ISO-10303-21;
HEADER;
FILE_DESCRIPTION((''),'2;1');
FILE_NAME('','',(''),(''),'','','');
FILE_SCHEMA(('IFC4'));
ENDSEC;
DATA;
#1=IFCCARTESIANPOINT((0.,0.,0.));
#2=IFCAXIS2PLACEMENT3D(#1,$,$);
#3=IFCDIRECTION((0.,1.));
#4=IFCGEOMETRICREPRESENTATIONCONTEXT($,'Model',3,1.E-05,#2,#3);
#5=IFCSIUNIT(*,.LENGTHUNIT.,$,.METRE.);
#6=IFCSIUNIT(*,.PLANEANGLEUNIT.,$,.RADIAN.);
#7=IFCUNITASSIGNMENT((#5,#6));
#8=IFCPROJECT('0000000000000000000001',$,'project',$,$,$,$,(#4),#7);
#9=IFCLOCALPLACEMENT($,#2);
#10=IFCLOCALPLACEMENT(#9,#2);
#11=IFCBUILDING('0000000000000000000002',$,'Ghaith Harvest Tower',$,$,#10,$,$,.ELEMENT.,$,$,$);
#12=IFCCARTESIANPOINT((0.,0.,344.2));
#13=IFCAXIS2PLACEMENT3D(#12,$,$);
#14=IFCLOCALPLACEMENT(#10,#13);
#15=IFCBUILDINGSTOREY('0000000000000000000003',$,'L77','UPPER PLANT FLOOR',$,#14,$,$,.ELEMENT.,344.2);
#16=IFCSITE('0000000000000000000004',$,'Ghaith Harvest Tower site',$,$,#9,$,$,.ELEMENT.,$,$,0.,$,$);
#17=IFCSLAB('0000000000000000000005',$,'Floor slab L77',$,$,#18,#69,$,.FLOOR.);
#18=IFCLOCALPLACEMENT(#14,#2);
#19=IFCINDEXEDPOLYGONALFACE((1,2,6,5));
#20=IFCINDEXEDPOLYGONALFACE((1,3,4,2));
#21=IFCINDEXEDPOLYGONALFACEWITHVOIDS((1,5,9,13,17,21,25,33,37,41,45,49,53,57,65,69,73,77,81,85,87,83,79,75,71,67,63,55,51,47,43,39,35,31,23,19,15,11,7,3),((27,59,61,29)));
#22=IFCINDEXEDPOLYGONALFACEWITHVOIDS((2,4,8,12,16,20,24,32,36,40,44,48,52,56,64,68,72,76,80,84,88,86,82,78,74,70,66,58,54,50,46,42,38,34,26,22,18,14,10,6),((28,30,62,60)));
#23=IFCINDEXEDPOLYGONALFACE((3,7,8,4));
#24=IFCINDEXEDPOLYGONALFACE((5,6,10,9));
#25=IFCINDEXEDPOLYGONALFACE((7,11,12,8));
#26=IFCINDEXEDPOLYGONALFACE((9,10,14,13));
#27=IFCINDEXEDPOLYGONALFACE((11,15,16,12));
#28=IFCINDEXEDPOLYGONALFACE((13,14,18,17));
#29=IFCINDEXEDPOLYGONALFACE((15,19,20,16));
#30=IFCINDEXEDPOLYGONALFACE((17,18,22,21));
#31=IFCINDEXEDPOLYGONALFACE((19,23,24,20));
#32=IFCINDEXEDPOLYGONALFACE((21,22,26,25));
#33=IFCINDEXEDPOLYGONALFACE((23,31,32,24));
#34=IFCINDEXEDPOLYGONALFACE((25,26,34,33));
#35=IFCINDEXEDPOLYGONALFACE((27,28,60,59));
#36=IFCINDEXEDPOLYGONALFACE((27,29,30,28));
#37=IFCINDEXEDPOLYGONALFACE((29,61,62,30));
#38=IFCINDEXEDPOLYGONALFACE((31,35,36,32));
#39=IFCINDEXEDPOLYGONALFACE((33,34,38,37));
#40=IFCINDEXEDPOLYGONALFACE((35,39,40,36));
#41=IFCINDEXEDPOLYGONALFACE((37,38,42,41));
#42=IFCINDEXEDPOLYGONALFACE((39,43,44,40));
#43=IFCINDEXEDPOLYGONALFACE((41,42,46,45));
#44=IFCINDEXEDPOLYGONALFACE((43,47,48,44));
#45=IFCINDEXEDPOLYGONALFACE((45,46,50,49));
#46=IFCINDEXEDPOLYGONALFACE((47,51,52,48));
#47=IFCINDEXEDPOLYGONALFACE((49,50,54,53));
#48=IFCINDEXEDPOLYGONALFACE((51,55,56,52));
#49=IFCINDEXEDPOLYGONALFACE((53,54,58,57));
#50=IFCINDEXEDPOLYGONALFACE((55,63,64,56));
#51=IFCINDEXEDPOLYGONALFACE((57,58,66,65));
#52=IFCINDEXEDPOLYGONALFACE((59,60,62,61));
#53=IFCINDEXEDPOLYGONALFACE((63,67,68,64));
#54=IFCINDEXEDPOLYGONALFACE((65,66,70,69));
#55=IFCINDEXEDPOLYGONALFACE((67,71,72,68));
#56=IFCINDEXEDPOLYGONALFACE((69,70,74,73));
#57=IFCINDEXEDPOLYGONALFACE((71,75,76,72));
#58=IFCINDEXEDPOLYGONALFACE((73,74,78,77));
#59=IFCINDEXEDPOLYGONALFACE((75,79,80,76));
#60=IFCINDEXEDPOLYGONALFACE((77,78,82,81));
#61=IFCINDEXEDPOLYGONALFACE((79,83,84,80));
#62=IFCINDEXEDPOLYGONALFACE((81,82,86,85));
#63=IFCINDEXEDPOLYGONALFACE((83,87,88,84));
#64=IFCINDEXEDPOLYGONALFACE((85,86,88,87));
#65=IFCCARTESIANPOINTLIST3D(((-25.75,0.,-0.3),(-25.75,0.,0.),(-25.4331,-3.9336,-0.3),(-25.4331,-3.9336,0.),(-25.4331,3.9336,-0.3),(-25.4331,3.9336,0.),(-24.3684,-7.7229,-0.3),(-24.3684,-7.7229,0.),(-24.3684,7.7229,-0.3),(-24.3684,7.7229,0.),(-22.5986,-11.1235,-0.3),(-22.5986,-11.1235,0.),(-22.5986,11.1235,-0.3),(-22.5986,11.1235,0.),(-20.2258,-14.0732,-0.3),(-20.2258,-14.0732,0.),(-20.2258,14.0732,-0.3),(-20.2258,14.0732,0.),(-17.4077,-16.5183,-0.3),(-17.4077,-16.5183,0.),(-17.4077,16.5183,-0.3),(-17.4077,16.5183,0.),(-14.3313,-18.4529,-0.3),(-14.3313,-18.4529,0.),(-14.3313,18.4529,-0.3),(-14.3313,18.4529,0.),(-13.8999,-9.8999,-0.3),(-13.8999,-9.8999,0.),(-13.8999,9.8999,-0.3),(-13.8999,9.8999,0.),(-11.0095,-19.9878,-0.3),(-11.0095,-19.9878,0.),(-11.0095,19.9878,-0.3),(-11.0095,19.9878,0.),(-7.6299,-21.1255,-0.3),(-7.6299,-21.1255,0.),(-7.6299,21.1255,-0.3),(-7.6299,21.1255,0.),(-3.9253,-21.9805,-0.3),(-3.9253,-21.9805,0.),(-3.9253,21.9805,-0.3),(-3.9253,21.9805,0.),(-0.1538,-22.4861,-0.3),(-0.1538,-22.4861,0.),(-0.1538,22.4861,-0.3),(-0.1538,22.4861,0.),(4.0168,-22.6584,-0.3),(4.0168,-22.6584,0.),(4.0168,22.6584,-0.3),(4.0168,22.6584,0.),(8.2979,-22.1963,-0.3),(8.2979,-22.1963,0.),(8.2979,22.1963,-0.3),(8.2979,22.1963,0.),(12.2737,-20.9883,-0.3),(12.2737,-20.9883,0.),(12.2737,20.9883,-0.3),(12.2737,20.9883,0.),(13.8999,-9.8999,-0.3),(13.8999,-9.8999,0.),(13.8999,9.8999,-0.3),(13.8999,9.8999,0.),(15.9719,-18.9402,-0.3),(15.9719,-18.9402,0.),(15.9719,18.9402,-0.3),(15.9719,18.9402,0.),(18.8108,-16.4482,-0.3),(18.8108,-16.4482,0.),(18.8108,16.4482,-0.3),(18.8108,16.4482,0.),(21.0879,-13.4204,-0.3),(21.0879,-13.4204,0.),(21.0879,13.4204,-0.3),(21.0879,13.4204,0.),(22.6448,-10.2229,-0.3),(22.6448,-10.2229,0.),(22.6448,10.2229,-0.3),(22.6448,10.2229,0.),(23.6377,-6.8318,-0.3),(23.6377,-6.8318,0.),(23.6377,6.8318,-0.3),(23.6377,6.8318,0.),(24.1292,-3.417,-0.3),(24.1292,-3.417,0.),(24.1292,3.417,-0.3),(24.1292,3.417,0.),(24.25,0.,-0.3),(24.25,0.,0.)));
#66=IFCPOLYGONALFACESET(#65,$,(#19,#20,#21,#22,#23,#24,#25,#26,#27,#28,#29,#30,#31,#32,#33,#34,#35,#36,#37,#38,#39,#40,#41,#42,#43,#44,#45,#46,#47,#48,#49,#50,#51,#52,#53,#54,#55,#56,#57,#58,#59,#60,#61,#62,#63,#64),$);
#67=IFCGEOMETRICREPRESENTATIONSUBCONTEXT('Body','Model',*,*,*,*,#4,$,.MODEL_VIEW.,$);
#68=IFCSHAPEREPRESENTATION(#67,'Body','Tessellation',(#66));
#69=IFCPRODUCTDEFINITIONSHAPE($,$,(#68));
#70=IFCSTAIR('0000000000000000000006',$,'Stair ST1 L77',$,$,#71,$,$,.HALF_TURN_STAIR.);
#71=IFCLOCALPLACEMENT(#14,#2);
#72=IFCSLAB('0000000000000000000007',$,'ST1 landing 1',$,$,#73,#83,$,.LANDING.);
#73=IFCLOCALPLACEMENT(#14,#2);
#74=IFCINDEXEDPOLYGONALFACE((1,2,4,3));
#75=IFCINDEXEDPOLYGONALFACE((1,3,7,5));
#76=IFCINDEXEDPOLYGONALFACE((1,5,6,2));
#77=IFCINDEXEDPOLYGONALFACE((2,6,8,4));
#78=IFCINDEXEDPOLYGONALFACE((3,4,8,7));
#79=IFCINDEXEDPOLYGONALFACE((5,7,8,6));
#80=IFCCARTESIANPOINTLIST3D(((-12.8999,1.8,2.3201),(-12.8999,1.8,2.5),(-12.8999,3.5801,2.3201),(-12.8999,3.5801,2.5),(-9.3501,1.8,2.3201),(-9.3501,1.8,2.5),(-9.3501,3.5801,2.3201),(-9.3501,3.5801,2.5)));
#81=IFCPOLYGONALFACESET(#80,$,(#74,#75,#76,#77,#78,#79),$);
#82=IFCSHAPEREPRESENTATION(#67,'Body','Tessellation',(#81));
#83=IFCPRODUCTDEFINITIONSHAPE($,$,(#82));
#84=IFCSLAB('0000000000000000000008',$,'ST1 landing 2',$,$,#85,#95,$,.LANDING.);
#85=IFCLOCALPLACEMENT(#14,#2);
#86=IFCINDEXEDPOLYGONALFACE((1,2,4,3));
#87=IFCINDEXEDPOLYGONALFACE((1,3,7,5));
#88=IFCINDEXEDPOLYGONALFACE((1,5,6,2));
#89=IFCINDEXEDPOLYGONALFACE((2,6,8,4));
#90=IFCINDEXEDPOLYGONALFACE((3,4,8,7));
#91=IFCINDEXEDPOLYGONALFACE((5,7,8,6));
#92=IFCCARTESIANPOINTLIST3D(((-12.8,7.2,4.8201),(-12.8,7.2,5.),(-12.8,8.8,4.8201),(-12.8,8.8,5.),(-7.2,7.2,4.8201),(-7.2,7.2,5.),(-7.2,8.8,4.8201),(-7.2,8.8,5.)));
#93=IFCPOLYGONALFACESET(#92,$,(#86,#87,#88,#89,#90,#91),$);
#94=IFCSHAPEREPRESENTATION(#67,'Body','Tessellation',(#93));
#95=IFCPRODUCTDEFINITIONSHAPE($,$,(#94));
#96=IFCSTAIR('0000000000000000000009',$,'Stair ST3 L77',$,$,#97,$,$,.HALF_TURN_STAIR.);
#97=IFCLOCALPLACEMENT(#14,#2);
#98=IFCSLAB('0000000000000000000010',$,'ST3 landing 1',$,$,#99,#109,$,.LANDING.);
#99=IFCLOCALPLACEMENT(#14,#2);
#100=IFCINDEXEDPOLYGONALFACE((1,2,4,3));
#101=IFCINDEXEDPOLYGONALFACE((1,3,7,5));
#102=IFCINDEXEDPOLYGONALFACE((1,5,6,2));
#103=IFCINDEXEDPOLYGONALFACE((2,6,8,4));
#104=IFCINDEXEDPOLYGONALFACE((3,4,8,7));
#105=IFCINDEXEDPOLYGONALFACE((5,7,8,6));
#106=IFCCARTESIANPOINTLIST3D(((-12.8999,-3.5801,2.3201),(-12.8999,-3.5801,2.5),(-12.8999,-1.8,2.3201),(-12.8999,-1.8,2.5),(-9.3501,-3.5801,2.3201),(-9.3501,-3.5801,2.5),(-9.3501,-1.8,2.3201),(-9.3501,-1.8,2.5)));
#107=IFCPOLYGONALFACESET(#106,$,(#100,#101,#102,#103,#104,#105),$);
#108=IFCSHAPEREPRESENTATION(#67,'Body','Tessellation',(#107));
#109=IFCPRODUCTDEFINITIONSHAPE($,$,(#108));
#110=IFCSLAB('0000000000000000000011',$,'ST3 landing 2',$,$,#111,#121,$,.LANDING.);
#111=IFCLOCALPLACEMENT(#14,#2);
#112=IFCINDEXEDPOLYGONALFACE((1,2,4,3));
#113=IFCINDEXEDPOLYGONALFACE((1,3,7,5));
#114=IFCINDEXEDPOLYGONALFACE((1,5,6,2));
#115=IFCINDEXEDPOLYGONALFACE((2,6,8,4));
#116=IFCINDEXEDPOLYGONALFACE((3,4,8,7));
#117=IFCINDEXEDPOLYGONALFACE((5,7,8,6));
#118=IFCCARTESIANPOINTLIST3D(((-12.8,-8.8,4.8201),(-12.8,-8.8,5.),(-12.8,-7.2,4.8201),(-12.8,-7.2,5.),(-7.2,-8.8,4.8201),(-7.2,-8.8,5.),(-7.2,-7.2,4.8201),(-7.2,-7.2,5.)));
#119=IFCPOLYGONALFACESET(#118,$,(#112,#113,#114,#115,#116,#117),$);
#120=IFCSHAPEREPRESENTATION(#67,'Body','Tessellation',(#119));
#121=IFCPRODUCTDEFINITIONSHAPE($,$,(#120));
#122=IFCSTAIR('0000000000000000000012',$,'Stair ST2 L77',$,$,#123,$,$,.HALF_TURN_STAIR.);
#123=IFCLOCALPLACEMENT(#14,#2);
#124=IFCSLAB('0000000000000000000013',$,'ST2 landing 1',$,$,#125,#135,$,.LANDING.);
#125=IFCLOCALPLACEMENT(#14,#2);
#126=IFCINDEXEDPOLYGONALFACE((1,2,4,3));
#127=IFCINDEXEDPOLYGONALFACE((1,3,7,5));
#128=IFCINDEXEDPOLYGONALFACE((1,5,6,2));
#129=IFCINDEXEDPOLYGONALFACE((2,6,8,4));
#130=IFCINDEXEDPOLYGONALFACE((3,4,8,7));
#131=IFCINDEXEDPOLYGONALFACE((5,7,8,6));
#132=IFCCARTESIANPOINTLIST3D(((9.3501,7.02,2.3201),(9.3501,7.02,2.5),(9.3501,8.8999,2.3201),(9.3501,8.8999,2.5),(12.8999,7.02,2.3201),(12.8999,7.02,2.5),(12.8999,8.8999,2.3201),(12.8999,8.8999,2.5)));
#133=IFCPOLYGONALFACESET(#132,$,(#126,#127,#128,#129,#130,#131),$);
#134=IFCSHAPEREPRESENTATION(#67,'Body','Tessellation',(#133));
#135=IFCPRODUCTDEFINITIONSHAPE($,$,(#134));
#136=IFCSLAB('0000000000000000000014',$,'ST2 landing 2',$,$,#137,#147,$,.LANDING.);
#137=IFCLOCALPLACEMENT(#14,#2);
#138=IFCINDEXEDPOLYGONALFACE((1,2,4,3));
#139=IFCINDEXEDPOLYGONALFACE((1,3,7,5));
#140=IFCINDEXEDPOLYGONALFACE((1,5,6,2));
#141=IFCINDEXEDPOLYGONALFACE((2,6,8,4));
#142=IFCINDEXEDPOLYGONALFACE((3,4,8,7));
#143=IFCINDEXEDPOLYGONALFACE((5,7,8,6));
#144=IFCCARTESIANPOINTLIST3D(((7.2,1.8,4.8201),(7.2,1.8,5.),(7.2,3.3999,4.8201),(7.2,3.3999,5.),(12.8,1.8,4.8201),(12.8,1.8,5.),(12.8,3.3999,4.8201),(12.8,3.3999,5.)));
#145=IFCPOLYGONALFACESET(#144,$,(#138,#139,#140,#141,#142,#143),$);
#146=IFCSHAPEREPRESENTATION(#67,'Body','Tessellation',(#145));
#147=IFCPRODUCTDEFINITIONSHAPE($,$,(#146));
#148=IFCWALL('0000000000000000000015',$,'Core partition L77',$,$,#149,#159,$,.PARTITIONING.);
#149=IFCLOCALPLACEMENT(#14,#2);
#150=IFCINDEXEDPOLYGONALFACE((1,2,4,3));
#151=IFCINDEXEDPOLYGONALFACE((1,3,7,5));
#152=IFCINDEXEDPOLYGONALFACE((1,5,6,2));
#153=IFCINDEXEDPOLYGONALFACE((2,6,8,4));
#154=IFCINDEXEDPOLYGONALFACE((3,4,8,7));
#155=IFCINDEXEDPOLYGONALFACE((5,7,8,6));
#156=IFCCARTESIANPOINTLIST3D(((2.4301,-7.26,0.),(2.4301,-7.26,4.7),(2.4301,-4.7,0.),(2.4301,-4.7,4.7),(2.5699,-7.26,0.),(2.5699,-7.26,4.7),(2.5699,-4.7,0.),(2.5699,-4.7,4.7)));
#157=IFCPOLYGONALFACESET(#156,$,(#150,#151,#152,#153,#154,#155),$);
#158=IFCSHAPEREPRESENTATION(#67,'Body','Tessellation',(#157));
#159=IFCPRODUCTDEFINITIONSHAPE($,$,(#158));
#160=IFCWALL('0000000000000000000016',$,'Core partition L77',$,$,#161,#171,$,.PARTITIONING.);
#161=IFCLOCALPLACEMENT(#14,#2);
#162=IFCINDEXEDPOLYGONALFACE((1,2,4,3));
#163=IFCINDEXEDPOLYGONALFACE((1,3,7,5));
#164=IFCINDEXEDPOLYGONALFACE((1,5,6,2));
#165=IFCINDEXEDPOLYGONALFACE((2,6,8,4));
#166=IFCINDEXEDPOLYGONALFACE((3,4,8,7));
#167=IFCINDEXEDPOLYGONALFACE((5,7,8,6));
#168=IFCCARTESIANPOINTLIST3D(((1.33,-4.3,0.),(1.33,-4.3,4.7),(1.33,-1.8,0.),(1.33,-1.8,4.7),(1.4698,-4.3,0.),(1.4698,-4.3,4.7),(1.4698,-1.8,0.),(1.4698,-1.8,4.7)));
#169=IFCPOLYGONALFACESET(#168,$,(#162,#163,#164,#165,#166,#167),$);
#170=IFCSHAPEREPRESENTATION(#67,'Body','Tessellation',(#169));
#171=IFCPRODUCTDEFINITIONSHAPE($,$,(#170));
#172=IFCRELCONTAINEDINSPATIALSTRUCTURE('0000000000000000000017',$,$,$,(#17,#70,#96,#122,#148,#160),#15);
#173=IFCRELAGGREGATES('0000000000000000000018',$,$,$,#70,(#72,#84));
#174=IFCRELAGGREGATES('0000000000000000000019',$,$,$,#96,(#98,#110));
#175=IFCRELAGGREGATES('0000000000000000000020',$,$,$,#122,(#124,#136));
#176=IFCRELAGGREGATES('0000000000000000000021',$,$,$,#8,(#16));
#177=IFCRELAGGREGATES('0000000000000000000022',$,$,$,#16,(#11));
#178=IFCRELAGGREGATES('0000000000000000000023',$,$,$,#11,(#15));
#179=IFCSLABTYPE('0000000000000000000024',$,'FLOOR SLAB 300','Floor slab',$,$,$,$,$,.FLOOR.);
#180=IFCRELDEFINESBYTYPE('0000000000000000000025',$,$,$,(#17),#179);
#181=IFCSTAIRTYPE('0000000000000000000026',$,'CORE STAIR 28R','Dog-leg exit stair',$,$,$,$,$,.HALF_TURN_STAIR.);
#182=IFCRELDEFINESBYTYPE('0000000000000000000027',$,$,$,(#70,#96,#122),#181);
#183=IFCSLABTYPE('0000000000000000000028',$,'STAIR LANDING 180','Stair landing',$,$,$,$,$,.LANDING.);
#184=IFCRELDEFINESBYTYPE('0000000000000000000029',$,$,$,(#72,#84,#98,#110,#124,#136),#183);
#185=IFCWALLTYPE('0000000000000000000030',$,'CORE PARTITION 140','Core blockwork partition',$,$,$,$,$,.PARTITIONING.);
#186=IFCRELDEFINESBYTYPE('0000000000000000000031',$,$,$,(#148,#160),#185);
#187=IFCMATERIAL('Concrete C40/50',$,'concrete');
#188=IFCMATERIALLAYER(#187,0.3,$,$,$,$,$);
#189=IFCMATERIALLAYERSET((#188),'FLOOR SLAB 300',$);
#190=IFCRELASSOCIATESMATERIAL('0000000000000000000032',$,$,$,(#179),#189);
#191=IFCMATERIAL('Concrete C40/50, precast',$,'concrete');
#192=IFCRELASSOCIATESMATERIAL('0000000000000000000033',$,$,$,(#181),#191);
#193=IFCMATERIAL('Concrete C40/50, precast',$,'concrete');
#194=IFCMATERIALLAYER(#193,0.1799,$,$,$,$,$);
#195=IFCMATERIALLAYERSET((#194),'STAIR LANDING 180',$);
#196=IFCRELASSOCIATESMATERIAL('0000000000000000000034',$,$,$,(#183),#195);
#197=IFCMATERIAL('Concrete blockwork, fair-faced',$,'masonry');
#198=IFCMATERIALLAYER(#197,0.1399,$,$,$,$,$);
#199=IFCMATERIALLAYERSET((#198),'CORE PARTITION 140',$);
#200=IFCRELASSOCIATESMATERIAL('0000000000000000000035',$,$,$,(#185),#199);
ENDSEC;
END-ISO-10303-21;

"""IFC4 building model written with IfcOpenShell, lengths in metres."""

from ifc_helpers import new_model, si_unit, direction, frame, frame_2d, origin, place, context, subcontext, project, spatial, polyline, rectangle, outline, extrude, material, layer, layer_set, type_object, element, aggregate, save


model = new_model("IFC4")

# Units and contexts
model_context = context("Model", 3, precision=1e-05, world=origin(), true_north=direction((0.0, 1.0)))
body_context = subcontext(model_context, "Body", "Model", "MODEL_VIEW")
ifc_project = project(units=[si_unit("LENGTHUNIT", "METRE"), si_unit("PLANEANGLEUNIT", "RADIAN")], contexts=[model_context])

# Site, building, storey
site_placement = place(None, origin())
site = spatial("IfcSite", under=ifc_project, at=site_placement, Name="Ghaith Harvest Tower site", CompositionType="ELEMENT", RefElevation=0.0)
building_placement = place(site_placement, origin())
building = spatial("IfcBuilding", under=site, at=building_placement, Name="Ghaith Harvest Tower", CompositionType="ELEMENT")
storey_placement = place(building_placement, frame((0.0, 0.0, 344.2)))
storey = spatial("IfcBuildingStorey", under=building, at=storey_placement, Name="L77", Description="UPPER PLANT FLOOR", CompositionType="ELEMENT", Elevation=344.2)

# Slab
ifc_material_1 = material(Name="Concrete C40/50", Category="concrete")
ifc_layer_1 = layer(ifc_material_1, 0.3)
ifc_layer_set_1 = layer_set([ifc_layer_1], Name="FLOOR SLAB 300")
slab_type_1 = type_object("IfcSlabType", Name="FLOOR SLAB 300", Description="Floor slab", PredefinedType="FLOOR", material=ifc_layer_set_1)
slab_1_placement = place(storey_placement, frame((0.0, 0.0, -0.3)))
element("IfcSlab", 1, at=slab_1_placement, inside=storey, type_object=slab_type_1, Name="Floor slab L77", PredefinedType="FLOOR", context=body_context, shape_type="SweptSolid", body=[
    extrude(outline(polyline([(24.25, 0.0), (24.1292, 3.417), (23.6377, 6.8318), (22.6448, 10.2229), (21.0879, 13.4204), (18.8108, 16.4482), (15.9719, 18.9402), (12.2737, 20.9883), (8.2979, 22.1963), (4.0168, 22.6584), (-0.1538, 22.4861), (-3.9253, 21.9805), (-7.6299, 21.1255), (-11.0095, 19.9878), (-14.3313, 18.4529), (-17.4077, 16.5183), (-20.2258, 14.0732), (-22.5986, 11.1235), (-24.3684, 7.7229), (-25.4331, 3.9336), (-25.75, 0.0), (-25.4331, -3.9336), (-24.3684, -7.7229), (-22.5986, -11.1235), (-20.2258, -14.0732), (-17.4077, -16.5183), (-14.3313, -18.4529), (-11.0095, -19.9878), (-7.6299, -21.1255), (-3.9253, -21.9805), (-0.1538, -22.4861), (4.0168, -22.6584), (8.2979, -22.1963), (12.2737, -20.9883), (15.9719, -18.9402), (18.8108, -16.4482), (21.0879, -13.4204), (22.6448, -10.2229), (23.6377, -6.8318), (24.1292, -3.417), (24.25, 0.0)]), holes=[polyline([(-13.8999, -9.8999), (13.8999, -9.8999), (13.8999, 9.8999), (-13.8999, 9.8999), (-13.8999, -9.8999)])]), origin(), (0.0, 0.0, 1.0), 0.3),
])

# Stairs, slabs
ifc_material_2 = material(Name="Concrete C40/50, precast", Category="concrete")
stair_type = type_object("IfcStairType", Name="CORE STAIR 28R", Description="Dog-leg exit stair", PredefinedType="HALF_TURN_STAIR", material=ifc_material_2)
stair_1_placement = place(storey_placement, origin())
stair_1 = element("IfcStair", 2, at=stair_1_placement, inside=storey, type_object=stair_type, Name="Stair ST1 L77", PredefinedType="HALF_TURN_STAIR")
ifc_material_3 = material(Name="Concrete C40/50, precast", Category="concrete")
ifc_layer_2 = layer(ifc_material_3, 0.1799)
ifc_layer_set_2 = layer_set([ifc_layer_2], Name="STAIR LANDING 180")
slab_type_2 = type_object("IfcSlabType", Name="STAIR LANDING 180", Description="Stair landing", PredefinedType="LANDING", material=ifc_layer_set_2)
slab_2_placement = place(storey_placement, frame((0.0, 0.0, 2.3201)))
slab_2 = element("IfcSlab", 3, at=slab_2_placement, type_object=slab_type_2, Name="ST1 landing 1", PredefinedType="LANDING", context=body_context, shape_type="SweptSolid", body=[
    extrude(outline(polyline([(-12.8999, 3.5801), (-12.8999, 1.8), (-9.3501, 1.8), (-9.3501, 3.5801), (-12.8999, 3.5801)])), origin(), (0.0, 0.0, 1.0), 0.1799),
])
slab_3_placement = place(storey_placement, frame((0.0, 0.0, 4.8201)))
slab_3 = element("IfcSlab", 4, at=slab_3_placement, type_object=slab_type_2, Name="ST1 landing 2", PredefinedType="LANDING", context=body_context, shape_type="SweptSolid", body=[
    extrude(outline(polyline([(-12.8, 8.8), (-12.8, 7.2), (-7.2, 7.2), (-7.2, 8.8), (-12.8, 8.8)])), origin(), (0.0, 0.0, 1.0), 0.1799),
])
aggregate(stair_1, [slab_2, slab_3])
stair_2_placement = place(storey_placement, origin())
stair_2 = element("IfcStair", 5, at=stair_2_placement, inside=storey, type_object=stair_type, Name="Stair ST3 L77", PredefinedType="HALF_TURN_STAIR")
slab_4_placement = place(storey_placement, frame((0.0, 0.0, 2.3201)))
slab_4 = element("IfcSlab", 6, at=slab_4_placement, type_object=slab_type_2, Name="ST3 landing 1", PredefinedType="LANDING", context=body_context, shape_type="SweptSolid", body=[
    extrude(outline(polyline([(-12.8999, -3.5801), (-12.8999, -1.8), (-9.3501, -1.8), (-9.3501, -3.5801), (-12.8999, -3.5801)])), origin(), (0.0, 0.0, 1.0), 0.1799),
])
slab_5_placement = place(storey_placement, frame((0.0, 0.0, 4.8201)))
slab_5 = element("IfcSlab", 7, at=slab_5_placement, type_object=slab_type_2, Name="ST3 landing 2", PredefinedType="LANDING", context=body_context, shape_type="SweptSolid", body=[
    extrude(outline(polyline([(-12.8, -8.8), (-12.8, -7.2), (-7.2, -7.2), (-7.2, -8.8), (-12.8, -8.8)])), origin(), (0.0, 0.0, 1.0), 0.1799),
])
aggregate(stair_2, [slab_4, slab_5])
stair_3_placement = place(storey_placement, origin())
stair_3 = element("IfcStair", 8, at=stair_3_placement, inside=storey, type_object=stair_type, Name="Stair ST2 L77", PredefinedType="HALF_TURN_STAIR")
slab_6_placement = place(storey_placement, frame((0.0, 0.0, 2.3201)))
slab_6 = element("IfcSlab", 9, at=slab_6_placement, type_object=slab_type_2, Name="ST2 landing 1", PredefinedType="LANDING", context=body_context, shape_type="SweptSolid", body=[
    extrude(outline(polyline([(12.8999, 7.02), (12.8999, 8.8999), (9.3501, 8.8999), (9.3501, 7.02), (12.8999, 7.02)])), origin(), (0.0, 0.0, 1.0), 0.1799),
])
slab_7_placement = place(storey_placement, frame((0.0, 0.0, 4.8201)))
slab_7 = element("IfcSlab", 10, at=slab_7_placement, type_object=slab_type_2, Name="ST2 landing 2", PredefinedType="LANDING", context=body_context, shape_type="SweptSolid", body=[
    extrude(outline(polyline([(12.8, 1.8), (12.8, 3.3999), (7.2, 3.3999), (7.2, 1.8), (12.8, 1.8)])), origin(), (0.0, 0.0, 1.0), 0.1799),
])
aggregate(stair_3, [slab_6, slab_7])

# Walls
ifc_material_4 = material(Name="Concrete blockwork, fair-faced", Category="masonry")
ifc_layer_3 = layer(ifc_material_4, 0.1399)
ifc_layer_set_3 = layer_set([ifc_layer_3], Name="CORE PARTITION 140")
wall_type_1 = type_object("IfcWallType", Name="CORE PARTITION 140", Description="Core blockwork partition", PredefinedType="PARTITIONING", material=ifc_layer_set_3)
wall_1_placement = place(storey_placement, frame((2.5, -4.7, 0.0), z_axis=(0.0, 0.0, 1.0), x_axis=(0.0, -1.0, 0.0)))
element("IfcWall", 11, at=wall_1_placement, inside=storey, type_object=wall_type_1, Name="Core partition L77", PredefinedType="PARTITIONING", context=body_context, shape_type="SweptSolid", body=[
    extrude(rectangle(XDim=2.5601, YDim=0.1399, at=frame_2d((1.28, 0.0))), origin(), (0.0, 0.0, 1.0), 4.7),
])
wall_2_placement = place(storey_placement, frame((1.3999, -1.8, 0.0), z_axis=(0.0, 0.0, 1.0), x_axis=(0.0, -1.0, 0.0)))
element("IfcWall", 12, at=wall_2_placement, inside=storey, type_object=wall_type_1, Name="Core partition L77", PredefinedType="PARTITIONING", context=body_context, shape_type="SweptSolid", body=[
    extrude(rectangle(XDim=2.5, YDim=0.1399, at=frame_2d((1.25, 0.0))), origin(), (0.0, 0.0, 1.0), 4.7),
])

save(model, "model.ifc")
